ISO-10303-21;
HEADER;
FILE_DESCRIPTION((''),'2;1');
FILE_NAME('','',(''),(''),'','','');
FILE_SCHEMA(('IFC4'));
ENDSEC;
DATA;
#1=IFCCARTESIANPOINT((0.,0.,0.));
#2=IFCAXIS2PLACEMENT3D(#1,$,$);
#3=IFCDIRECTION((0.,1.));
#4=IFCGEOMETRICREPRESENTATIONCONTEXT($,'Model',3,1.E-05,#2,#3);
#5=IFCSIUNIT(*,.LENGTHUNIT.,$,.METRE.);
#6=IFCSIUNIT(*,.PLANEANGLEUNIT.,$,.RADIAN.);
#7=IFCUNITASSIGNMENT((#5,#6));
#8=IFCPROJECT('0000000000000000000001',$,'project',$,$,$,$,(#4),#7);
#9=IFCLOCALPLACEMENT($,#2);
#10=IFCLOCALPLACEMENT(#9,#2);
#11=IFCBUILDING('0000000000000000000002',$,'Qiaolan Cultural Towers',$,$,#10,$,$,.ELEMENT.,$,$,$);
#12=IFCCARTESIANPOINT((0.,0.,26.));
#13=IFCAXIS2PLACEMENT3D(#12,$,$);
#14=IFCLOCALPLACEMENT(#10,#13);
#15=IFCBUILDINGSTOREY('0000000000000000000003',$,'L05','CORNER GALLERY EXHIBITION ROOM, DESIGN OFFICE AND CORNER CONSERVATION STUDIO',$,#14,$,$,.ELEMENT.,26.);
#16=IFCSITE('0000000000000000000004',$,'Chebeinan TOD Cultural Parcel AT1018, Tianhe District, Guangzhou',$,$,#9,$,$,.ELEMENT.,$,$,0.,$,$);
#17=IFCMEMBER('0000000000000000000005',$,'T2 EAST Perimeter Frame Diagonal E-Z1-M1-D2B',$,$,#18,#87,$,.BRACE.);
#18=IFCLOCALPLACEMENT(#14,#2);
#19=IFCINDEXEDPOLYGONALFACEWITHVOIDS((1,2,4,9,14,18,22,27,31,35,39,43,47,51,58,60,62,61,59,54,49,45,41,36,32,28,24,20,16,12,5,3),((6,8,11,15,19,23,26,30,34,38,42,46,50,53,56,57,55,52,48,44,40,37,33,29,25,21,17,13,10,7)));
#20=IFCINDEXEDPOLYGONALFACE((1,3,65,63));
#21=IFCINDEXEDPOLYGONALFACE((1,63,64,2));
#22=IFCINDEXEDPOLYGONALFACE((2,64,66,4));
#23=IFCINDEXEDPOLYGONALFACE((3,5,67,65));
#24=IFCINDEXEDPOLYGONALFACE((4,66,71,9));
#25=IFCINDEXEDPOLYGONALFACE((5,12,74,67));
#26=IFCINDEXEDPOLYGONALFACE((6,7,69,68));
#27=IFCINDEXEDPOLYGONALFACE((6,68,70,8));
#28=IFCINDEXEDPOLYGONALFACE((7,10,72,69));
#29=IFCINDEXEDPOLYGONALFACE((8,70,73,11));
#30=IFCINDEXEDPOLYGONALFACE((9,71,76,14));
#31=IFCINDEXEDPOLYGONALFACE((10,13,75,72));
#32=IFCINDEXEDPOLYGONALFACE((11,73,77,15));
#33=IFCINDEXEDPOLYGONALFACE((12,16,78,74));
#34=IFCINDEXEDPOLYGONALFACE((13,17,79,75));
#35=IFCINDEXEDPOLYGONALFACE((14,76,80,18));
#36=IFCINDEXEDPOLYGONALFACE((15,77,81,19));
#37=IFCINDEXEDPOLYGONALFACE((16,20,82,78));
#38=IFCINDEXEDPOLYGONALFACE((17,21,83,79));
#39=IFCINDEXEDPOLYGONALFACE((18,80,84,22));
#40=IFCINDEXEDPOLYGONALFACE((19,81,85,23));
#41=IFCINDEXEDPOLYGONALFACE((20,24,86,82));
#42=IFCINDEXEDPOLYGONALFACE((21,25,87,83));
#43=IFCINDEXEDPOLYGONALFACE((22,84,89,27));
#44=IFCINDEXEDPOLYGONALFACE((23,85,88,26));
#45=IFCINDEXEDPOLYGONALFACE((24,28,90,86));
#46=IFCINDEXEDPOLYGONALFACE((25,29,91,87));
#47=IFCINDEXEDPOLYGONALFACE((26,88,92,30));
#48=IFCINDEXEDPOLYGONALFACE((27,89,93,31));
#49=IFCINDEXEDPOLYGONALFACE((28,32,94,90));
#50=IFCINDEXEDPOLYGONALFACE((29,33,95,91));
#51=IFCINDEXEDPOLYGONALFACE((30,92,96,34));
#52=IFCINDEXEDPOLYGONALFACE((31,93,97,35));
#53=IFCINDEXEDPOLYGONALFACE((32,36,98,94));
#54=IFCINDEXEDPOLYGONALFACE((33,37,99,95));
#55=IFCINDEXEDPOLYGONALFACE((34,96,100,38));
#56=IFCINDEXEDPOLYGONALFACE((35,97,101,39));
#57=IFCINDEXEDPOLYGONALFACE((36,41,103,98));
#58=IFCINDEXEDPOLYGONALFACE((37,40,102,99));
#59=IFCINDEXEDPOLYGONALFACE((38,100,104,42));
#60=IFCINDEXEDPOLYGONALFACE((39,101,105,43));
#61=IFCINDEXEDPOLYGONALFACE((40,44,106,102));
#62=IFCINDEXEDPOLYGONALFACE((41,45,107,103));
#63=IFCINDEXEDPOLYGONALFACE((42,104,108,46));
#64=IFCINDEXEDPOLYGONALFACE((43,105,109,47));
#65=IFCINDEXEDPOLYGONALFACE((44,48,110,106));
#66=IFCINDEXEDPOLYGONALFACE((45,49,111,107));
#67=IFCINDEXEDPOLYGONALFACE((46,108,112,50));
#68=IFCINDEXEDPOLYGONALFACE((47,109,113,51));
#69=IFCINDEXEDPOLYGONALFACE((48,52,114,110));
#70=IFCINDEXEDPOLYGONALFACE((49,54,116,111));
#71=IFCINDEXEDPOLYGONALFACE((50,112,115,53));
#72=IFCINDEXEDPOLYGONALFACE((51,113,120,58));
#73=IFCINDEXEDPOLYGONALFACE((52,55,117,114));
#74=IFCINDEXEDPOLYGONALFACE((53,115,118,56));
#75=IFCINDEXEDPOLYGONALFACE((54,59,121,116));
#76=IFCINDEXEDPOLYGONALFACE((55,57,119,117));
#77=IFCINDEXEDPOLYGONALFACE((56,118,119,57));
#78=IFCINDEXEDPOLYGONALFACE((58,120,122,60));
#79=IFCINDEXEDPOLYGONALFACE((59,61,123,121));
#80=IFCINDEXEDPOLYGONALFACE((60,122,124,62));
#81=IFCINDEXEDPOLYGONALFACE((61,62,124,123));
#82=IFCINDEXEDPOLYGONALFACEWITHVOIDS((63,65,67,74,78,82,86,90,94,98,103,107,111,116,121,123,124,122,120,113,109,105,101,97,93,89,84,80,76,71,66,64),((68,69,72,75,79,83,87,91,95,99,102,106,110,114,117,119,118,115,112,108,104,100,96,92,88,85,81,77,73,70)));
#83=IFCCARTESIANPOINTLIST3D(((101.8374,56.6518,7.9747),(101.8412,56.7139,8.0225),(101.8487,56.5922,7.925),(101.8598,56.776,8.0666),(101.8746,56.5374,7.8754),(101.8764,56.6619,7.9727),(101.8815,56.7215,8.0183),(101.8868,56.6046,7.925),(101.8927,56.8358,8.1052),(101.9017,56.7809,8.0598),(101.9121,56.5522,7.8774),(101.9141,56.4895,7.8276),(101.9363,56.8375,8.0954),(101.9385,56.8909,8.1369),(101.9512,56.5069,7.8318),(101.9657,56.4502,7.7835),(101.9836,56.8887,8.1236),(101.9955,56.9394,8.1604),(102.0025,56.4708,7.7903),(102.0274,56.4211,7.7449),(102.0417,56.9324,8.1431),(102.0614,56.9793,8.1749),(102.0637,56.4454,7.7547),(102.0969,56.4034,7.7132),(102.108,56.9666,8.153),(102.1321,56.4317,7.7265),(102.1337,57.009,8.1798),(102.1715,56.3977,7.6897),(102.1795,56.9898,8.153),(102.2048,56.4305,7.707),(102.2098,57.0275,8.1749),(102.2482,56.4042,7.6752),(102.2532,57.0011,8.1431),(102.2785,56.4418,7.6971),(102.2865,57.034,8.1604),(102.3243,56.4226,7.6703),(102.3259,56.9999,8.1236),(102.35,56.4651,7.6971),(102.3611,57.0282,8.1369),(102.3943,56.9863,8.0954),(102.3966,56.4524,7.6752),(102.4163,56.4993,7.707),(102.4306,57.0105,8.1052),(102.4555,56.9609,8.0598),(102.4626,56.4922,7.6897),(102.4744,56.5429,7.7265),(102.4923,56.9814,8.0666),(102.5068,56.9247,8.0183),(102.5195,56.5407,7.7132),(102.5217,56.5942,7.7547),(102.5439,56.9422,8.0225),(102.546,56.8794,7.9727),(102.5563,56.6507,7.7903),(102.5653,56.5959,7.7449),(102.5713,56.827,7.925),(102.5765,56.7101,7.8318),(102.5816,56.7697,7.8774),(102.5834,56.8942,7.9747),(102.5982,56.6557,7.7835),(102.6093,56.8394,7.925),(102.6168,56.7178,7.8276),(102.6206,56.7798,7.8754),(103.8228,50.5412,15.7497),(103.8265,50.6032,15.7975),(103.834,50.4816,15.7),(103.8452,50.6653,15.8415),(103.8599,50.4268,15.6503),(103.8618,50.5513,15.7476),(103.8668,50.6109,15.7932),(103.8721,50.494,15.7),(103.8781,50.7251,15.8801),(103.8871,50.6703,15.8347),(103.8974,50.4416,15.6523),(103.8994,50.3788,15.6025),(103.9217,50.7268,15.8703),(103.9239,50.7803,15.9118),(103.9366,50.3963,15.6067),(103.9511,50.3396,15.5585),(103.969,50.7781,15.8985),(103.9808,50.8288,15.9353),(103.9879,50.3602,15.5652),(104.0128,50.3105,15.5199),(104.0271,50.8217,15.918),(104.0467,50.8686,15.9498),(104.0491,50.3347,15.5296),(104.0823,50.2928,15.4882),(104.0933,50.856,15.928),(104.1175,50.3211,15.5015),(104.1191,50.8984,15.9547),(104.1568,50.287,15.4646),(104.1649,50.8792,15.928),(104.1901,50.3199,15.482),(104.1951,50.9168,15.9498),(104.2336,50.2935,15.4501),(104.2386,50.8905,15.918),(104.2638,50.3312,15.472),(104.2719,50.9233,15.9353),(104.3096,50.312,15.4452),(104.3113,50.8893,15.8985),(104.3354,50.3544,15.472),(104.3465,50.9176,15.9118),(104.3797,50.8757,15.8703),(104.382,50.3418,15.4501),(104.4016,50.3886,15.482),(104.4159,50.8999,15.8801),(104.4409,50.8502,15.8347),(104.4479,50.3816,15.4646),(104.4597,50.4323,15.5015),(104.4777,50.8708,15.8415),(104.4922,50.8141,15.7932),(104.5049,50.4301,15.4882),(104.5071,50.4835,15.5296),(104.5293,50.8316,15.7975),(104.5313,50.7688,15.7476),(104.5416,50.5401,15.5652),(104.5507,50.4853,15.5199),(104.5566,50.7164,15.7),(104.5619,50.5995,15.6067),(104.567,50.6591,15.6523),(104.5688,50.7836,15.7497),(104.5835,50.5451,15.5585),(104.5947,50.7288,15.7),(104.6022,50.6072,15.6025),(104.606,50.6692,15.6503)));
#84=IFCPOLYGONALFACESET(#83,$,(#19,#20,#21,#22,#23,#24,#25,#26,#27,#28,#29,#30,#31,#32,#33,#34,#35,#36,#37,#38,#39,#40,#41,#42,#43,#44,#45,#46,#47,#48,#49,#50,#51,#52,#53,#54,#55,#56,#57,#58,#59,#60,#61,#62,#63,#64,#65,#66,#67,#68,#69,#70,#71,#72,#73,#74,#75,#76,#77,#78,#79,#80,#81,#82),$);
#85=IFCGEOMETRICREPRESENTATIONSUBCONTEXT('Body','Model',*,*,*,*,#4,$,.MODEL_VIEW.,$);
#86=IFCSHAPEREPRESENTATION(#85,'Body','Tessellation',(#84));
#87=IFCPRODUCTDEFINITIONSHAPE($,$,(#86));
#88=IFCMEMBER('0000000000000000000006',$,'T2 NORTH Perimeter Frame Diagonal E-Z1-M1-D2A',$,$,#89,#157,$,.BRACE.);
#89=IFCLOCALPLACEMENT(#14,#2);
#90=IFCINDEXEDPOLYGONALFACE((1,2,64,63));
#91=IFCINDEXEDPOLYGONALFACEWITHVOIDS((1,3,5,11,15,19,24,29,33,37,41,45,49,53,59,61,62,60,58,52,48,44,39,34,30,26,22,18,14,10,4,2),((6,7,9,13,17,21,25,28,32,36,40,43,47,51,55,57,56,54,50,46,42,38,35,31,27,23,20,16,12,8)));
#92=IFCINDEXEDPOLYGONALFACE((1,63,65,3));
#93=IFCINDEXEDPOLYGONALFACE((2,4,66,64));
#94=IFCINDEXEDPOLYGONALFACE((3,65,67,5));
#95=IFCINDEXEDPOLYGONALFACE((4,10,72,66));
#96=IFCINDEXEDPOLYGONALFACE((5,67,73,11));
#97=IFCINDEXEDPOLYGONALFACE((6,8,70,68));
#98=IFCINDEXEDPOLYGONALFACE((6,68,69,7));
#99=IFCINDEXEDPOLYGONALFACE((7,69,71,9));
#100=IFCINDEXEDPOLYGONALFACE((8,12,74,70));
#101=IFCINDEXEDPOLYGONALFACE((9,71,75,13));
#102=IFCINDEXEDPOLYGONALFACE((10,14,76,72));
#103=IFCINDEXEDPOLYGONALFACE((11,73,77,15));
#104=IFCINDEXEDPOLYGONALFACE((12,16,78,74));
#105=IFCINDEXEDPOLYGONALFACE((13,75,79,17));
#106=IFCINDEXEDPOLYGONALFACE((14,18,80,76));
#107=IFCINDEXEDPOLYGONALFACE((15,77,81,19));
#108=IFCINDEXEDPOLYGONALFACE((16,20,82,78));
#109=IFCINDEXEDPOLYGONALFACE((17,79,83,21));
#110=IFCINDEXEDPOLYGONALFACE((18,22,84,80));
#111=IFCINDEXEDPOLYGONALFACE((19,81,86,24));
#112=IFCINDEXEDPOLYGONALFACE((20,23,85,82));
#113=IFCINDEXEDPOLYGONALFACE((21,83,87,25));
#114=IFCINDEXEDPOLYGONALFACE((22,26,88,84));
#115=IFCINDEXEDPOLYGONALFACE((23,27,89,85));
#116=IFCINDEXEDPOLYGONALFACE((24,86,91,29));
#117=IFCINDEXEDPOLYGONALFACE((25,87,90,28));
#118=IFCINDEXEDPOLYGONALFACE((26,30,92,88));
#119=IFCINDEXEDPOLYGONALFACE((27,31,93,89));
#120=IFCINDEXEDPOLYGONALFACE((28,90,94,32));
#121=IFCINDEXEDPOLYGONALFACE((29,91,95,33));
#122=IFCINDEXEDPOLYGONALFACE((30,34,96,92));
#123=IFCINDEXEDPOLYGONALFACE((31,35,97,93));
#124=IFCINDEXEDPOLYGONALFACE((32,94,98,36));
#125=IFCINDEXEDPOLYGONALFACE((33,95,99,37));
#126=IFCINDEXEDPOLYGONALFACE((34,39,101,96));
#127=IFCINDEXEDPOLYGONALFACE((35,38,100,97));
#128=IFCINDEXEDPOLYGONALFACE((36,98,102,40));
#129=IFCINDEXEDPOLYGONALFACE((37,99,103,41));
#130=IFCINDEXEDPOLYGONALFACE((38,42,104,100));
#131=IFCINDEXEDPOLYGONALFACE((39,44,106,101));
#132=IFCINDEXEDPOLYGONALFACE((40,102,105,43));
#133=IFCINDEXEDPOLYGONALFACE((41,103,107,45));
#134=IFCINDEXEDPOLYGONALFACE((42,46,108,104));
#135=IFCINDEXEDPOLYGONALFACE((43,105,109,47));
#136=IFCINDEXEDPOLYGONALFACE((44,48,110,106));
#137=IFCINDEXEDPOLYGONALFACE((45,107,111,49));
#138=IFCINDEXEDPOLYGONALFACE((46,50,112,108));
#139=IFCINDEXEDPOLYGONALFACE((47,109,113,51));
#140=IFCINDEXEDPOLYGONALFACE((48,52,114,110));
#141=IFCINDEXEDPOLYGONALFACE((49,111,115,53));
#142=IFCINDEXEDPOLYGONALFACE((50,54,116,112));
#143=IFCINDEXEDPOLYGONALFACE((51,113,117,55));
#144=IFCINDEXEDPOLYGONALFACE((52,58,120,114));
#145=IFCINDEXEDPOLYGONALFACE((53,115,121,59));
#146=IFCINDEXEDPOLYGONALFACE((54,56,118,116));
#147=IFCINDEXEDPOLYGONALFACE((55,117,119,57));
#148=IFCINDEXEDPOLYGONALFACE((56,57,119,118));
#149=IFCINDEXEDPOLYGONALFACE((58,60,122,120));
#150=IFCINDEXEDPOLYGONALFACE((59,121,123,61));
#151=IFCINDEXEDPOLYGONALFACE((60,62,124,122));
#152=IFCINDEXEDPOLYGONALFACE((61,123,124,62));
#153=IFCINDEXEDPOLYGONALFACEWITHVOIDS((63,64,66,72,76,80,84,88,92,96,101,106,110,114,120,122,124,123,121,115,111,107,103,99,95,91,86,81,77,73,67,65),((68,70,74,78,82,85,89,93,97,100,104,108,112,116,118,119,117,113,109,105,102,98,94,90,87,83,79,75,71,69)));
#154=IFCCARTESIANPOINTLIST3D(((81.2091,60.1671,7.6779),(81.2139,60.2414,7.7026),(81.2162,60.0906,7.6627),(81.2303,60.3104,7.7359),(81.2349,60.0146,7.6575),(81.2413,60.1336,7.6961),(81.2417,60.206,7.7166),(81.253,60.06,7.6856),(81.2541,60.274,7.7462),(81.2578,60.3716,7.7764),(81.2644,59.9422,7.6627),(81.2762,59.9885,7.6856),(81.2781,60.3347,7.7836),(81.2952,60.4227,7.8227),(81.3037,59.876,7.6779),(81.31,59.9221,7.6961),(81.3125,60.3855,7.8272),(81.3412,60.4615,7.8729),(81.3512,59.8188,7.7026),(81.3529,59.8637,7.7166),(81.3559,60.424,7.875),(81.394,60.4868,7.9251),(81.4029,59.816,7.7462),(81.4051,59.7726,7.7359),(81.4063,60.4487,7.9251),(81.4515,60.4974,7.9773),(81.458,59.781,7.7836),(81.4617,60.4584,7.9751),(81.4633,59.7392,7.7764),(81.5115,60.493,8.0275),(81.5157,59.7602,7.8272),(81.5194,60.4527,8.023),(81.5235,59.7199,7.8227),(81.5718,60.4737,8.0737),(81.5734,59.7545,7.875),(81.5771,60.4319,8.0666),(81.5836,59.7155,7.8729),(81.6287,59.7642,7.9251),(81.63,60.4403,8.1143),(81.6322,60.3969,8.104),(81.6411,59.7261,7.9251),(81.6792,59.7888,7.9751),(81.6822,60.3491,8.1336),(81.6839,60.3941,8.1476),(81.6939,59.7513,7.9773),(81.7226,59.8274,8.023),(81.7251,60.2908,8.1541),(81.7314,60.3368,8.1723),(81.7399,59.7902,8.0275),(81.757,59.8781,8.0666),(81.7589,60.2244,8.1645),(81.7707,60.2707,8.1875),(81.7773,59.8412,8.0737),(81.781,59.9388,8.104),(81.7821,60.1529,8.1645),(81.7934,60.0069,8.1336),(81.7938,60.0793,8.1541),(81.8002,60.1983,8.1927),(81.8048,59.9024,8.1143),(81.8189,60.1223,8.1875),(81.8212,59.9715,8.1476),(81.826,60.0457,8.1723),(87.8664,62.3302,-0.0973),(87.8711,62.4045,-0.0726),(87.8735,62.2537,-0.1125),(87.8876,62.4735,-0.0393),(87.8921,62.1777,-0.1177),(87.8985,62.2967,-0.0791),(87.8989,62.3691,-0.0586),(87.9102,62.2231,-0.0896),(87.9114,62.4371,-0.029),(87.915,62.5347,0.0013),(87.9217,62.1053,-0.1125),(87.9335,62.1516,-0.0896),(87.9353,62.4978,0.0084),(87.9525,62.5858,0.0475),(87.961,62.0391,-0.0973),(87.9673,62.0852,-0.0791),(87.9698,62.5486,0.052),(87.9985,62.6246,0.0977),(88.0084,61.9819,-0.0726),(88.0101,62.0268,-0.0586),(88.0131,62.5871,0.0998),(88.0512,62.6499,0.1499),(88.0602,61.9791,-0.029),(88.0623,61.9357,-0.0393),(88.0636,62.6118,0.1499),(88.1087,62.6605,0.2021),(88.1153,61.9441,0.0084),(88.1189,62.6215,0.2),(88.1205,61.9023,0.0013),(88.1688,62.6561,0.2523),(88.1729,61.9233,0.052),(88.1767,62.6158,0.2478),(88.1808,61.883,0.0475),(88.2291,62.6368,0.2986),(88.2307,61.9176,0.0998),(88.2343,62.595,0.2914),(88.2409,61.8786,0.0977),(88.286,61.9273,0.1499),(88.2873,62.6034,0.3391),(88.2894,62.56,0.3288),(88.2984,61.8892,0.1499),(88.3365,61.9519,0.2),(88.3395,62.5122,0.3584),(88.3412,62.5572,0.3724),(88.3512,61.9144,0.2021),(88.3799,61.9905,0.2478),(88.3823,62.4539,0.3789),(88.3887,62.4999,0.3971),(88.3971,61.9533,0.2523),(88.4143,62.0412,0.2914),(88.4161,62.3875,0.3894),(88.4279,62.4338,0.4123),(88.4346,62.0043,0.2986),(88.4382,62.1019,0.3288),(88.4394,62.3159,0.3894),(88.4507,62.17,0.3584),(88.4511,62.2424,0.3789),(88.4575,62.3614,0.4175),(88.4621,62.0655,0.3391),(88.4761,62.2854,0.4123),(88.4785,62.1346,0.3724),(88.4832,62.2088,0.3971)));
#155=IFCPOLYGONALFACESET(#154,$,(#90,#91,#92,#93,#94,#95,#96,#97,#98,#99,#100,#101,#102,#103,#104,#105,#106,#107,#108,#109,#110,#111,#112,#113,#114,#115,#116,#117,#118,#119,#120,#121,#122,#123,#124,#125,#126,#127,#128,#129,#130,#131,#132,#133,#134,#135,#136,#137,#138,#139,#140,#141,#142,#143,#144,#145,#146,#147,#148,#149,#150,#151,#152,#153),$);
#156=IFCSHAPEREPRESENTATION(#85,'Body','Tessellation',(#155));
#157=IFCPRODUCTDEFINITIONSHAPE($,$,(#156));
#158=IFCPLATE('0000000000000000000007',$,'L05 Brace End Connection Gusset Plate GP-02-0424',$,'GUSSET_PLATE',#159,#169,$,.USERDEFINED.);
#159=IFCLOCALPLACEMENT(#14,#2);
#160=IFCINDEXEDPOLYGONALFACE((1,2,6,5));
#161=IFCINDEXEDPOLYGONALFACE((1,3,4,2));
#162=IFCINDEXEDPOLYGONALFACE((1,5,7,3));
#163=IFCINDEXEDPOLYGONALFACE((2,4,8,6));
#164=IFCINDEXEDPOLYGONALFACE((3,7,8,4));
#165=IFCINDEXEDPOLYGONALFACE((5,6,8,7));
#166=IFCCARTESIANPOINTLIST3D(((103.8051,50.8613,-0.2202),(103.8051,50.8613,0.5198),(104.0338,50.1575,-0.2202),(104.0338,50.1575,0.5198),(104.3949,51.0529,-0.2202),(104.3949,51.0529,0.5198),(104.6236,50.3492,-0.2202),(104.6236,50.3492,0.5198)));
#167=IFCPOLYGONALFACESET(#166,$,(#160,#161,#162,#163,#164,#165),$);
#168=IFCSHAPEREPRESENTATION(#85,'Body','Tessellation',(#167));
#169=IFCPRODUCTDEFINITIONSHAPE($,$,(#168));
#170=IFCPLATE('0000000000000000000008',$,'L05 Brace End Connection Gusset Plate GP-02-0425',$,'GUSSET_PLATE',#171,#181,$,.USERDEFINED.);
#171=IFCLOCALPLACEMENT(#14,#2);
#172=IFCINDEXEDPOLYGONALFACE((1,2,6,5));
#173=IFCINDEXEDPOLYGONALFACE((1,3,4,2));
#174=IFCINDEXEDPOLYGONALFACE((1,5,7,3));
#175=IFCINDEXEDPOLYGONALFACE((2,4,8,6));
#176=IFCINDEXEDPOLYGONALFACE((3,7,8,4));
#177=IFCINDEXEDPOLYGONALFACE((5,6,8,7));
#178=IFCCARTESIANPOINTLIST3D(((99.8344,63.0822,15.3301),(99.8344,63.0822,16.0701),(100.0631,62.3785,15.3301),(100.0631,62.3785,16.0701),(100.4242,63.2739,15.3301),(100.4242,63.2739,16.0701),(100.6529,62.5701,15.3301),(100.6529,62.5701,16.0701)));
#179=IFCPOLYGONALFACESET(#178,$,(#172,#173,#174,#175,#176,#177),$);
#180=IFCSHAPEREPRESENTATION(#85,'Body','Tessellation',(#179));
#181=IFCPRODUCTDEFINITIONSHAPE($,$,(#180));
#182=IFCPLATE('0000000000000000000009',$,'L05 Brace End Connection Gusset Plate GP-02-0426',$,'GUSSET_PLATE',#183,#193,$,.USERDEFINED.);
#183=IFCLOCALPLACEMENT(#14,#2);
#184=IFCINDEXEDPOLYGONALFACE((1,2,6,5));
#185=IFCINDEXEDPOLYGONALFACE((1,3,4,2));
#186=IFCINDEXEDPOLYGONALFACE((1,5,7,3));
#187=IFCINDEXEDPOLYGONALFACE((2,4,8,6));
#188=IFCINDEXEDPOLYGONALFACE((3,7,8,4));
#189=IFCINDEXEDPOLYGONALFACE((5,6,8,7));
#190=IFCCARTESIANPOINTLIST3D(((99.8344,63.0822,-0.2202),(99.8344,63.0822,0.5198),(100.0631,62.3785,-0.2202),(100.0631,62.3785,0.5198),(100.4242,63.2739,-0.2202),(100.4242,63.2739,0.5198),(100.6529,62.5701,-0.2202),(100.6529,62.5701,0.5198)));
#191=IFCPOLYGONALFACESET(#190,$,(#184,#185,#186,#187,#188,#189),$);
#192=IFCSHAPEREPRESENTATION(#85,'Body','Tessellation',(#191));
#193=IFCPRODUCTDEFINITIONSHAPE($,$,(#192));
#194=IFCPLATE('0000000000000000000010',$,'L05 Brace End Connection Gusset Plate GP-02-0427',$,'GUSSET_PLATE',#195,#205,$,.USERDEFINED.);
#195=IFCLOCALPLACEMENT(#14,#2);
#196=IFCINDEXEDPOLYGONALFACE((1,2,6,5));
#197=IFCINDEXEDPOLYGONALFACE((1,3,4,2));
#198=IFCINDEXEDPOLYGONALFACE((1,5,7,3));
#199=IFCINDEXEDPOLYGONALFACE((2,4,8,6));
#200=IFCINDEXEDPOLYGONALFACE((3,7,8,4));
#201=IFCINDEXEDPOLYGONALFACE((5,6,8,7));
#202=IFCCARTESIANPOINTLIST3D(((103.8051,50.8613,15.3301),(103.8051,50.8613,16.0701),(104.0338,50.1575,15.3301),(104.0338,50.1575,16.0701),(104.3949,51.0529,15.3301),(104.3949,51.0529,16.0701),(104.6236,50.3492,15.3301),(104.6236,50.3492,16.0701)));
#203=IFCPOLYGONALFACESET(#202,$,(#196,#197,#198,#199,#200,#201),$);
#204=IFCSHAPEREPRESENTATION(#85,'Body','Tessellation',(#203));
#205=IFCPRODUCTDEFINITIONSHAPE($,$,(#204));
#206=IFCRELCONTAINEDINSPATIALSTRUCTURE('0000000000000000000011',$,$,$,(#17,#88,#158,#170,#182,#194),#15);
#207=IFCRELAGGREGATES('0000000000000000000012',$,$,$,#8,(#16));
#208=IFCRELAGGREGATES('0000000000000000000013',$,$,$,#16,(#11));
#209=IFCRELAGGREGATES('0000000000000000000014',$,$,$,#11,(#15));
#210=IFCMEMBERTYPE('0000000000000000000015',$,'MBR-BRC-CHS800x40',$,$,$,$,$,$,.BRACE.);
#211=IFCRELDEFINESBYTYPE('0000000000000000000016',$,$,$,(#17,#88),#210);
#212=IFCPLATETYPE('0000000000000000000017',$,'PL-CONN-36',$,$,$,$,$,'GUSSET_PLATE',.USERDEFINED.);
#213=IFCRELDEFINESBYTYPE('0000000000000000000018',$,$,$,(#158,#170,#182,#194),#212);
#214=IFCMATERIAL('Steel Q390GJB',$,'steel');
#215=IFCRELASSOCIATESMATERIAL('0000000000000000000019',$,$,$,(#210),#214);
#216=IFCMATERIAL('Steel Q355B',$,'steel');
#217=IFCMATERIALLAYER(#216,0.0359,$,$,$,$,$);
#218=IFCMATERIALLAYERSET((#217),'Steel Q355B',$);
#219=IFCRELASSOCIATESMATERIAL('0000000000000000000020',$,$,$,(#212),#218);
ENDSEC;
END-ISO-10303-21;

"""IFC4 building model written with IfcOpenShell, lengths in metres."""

from ifc_helpers import new_model, si_unit, direction, frame, origin, origin_2d, place, context, subcontext, project, spatial, rectangle, hollow_circle, extrude, material, layer, layer_set, material_profile, profile_set, type_object, element, save


model = new_model("IFC4")

# Units and contexts
model_context = context("Model", 3, precision=1e-05, world=origin(), true_north=direction((0.0, 1.0)))
body_context = subcontext(model_context, "Body", "Model", "MODEL_VIEW")
ifc_project = project(units=[si_unit("LENGTHUNIT", "METRE"), si_unit("PLANEANGLEUNIT", "RADIAN")], contexts=[model_context])

# Site, building, storey
site_placement = place(None, origin())
site = spatial("IfcSite", under=ifc_project, at=site_placement, Name="Chebeinan TOD Cultural Parcel AT1018, Tianhe District, Guangzhou", CompositionType="ELEMENT", RefElevation=0.0)
building_placement = place(site_placement, origin())
building = spatial("IfcBuilding", under=site, at=building_placement, Name="Qiaolan Cultural Towers", CompositionType="ELEMENT")
storey_placement = place(building_placement, frame((0.0, 0.0, 26.0)))
storey = spatial("IfcBuildingStorey", under=building, at=storey_placement, Name="L05", Description="CORNER GALLERY EXHIBITION ROOM, DESIGN OFFICE AND CORNER CONSERVATION STUDIO", CompositionType="ELEMENT", Elevation=26.0)

# Members
ifc_material_1 = material(Name="Steel Q390GJB", Category="steel")
ifc_material_profile_1 = material_profile(ifc_material_1, hollow_circle(Radius=0.3999, WallThickness=0.04, at=origin_2d()), Name="CHS800x40")
ifc_profile_set_1 = profile_set([ifc_material_profile_1], Name="Steel Q390GJB")
member_type = type_object("IfcMemberType", Name="MBR-BRC-CHS800x40", PredefinedType="BRACE", material=ifc_profile_set_1)
for number, where, z_axis, x_axis, name in (
    (1, (102.229, 56.7158, 7.925), (0.19684, -0.605841, 0.770851), (0.951061, 0.309003, 0.0), "T2 EAST Perimeter Frame Diagonal E-Z1-M1-D2B"),
):
    element("IfcMember", number, at=place(storey_placement, frame(where, z_axis=z_axis, x_axis=x_axis)), inside=storey, type_object=member_type, Name=name, PredefinedType="BRACE", context=body_context, shape_type="SweptSolid", body=[
        extrude(hollow_circle(Radius=0.3999, WallThickness=0.04, at=origin_2d()), origin(), (0.0, 0.0, 1.0), 10.0862),
    ])
member_1_placement = place(storey_placement, frame((88.1748, 62.2695, 0.1499), z_axis=(-0.636333, -0.206759, 0.74319), x_axis=(0.30902, -0.951056, 0.0)))
element("IfcMember", 2, at=member_1_placement, inside=storey, type_object=member_type, Name="T2 NORTH Perimeter Frame Diagonal E-Z1-M1-D2A", PredefinedType="BRACE", context=body_context, shape_type="SweptSolid", body=[
    extrude(hollow_circle(Radius=0.3999, WallThickness=0.04, at=origin_2d()), origin(), (0.0, 0.0, 1.0), 10.4619),
])

# Plates
ifc_material_2 = material(Name="Steel Q355B", Category="steel")
ifc_layer_1 = layer(ifc_material_2, 0.0359)
ifc_layer_set_1 = layer_set([ifc_layer_1], Name="Steel Q355B")
plate_type_1 = type_object("IfcPlateType", Name="PL-CONN-36", ElementType="GUSSET_PLATE", PredefinedType="USERDEFINED", material=ifc_layer_set_1)
for number, where, z_axis, x_axis, name in (
    (3, (104.2144, 50.6052, -0.2202), (0.0, 0.0, 1.0), (-0.309017, 0.951057, 0.0), "L05 Brace End Connection Gusset Plate GP-02-0424"),
    (4, (100.2437, 62.8262, 15.3301), (0.0, 0.0, 1.0), (-0.309017, 0.951057, 0.0), "L05 Brace End Connection Gusset Plate GP-02-0425"),
    (5, (100.2437, 62.8262, -0.2202), (0.0, 0.0, 1.0), (-0.309017, 0.951057, 0.0), "L05 Brace End Connection Gusset Plate GP-02-0426"),
    (6, (104.2144, 50.6052, 15.3301), (0.0, 0.0, 1.0), (-0.309017, 0.951057, 0.0), "L05 Brace End Connection Gusset Plate GP-02-0427"),
):
    element("IfcPlate", number, at=place(storey_placement, frame(where, z_axis=z_axis, x_axis=x_axis)), inside=storey, type_object=plate_type_1, Name=name, ObjectType="GUSSET_PLATE", PredefinedType="USERDEFINED", context=body_context, shape_type="SweptSolid", body=[
        extrude(rectangle(XDim=0.74, YDim=0.6201, at=origin_2d()), origin(), (0.0, 0.0, 1.0), 0.74),
    ])

save(model, "model.ifc")
